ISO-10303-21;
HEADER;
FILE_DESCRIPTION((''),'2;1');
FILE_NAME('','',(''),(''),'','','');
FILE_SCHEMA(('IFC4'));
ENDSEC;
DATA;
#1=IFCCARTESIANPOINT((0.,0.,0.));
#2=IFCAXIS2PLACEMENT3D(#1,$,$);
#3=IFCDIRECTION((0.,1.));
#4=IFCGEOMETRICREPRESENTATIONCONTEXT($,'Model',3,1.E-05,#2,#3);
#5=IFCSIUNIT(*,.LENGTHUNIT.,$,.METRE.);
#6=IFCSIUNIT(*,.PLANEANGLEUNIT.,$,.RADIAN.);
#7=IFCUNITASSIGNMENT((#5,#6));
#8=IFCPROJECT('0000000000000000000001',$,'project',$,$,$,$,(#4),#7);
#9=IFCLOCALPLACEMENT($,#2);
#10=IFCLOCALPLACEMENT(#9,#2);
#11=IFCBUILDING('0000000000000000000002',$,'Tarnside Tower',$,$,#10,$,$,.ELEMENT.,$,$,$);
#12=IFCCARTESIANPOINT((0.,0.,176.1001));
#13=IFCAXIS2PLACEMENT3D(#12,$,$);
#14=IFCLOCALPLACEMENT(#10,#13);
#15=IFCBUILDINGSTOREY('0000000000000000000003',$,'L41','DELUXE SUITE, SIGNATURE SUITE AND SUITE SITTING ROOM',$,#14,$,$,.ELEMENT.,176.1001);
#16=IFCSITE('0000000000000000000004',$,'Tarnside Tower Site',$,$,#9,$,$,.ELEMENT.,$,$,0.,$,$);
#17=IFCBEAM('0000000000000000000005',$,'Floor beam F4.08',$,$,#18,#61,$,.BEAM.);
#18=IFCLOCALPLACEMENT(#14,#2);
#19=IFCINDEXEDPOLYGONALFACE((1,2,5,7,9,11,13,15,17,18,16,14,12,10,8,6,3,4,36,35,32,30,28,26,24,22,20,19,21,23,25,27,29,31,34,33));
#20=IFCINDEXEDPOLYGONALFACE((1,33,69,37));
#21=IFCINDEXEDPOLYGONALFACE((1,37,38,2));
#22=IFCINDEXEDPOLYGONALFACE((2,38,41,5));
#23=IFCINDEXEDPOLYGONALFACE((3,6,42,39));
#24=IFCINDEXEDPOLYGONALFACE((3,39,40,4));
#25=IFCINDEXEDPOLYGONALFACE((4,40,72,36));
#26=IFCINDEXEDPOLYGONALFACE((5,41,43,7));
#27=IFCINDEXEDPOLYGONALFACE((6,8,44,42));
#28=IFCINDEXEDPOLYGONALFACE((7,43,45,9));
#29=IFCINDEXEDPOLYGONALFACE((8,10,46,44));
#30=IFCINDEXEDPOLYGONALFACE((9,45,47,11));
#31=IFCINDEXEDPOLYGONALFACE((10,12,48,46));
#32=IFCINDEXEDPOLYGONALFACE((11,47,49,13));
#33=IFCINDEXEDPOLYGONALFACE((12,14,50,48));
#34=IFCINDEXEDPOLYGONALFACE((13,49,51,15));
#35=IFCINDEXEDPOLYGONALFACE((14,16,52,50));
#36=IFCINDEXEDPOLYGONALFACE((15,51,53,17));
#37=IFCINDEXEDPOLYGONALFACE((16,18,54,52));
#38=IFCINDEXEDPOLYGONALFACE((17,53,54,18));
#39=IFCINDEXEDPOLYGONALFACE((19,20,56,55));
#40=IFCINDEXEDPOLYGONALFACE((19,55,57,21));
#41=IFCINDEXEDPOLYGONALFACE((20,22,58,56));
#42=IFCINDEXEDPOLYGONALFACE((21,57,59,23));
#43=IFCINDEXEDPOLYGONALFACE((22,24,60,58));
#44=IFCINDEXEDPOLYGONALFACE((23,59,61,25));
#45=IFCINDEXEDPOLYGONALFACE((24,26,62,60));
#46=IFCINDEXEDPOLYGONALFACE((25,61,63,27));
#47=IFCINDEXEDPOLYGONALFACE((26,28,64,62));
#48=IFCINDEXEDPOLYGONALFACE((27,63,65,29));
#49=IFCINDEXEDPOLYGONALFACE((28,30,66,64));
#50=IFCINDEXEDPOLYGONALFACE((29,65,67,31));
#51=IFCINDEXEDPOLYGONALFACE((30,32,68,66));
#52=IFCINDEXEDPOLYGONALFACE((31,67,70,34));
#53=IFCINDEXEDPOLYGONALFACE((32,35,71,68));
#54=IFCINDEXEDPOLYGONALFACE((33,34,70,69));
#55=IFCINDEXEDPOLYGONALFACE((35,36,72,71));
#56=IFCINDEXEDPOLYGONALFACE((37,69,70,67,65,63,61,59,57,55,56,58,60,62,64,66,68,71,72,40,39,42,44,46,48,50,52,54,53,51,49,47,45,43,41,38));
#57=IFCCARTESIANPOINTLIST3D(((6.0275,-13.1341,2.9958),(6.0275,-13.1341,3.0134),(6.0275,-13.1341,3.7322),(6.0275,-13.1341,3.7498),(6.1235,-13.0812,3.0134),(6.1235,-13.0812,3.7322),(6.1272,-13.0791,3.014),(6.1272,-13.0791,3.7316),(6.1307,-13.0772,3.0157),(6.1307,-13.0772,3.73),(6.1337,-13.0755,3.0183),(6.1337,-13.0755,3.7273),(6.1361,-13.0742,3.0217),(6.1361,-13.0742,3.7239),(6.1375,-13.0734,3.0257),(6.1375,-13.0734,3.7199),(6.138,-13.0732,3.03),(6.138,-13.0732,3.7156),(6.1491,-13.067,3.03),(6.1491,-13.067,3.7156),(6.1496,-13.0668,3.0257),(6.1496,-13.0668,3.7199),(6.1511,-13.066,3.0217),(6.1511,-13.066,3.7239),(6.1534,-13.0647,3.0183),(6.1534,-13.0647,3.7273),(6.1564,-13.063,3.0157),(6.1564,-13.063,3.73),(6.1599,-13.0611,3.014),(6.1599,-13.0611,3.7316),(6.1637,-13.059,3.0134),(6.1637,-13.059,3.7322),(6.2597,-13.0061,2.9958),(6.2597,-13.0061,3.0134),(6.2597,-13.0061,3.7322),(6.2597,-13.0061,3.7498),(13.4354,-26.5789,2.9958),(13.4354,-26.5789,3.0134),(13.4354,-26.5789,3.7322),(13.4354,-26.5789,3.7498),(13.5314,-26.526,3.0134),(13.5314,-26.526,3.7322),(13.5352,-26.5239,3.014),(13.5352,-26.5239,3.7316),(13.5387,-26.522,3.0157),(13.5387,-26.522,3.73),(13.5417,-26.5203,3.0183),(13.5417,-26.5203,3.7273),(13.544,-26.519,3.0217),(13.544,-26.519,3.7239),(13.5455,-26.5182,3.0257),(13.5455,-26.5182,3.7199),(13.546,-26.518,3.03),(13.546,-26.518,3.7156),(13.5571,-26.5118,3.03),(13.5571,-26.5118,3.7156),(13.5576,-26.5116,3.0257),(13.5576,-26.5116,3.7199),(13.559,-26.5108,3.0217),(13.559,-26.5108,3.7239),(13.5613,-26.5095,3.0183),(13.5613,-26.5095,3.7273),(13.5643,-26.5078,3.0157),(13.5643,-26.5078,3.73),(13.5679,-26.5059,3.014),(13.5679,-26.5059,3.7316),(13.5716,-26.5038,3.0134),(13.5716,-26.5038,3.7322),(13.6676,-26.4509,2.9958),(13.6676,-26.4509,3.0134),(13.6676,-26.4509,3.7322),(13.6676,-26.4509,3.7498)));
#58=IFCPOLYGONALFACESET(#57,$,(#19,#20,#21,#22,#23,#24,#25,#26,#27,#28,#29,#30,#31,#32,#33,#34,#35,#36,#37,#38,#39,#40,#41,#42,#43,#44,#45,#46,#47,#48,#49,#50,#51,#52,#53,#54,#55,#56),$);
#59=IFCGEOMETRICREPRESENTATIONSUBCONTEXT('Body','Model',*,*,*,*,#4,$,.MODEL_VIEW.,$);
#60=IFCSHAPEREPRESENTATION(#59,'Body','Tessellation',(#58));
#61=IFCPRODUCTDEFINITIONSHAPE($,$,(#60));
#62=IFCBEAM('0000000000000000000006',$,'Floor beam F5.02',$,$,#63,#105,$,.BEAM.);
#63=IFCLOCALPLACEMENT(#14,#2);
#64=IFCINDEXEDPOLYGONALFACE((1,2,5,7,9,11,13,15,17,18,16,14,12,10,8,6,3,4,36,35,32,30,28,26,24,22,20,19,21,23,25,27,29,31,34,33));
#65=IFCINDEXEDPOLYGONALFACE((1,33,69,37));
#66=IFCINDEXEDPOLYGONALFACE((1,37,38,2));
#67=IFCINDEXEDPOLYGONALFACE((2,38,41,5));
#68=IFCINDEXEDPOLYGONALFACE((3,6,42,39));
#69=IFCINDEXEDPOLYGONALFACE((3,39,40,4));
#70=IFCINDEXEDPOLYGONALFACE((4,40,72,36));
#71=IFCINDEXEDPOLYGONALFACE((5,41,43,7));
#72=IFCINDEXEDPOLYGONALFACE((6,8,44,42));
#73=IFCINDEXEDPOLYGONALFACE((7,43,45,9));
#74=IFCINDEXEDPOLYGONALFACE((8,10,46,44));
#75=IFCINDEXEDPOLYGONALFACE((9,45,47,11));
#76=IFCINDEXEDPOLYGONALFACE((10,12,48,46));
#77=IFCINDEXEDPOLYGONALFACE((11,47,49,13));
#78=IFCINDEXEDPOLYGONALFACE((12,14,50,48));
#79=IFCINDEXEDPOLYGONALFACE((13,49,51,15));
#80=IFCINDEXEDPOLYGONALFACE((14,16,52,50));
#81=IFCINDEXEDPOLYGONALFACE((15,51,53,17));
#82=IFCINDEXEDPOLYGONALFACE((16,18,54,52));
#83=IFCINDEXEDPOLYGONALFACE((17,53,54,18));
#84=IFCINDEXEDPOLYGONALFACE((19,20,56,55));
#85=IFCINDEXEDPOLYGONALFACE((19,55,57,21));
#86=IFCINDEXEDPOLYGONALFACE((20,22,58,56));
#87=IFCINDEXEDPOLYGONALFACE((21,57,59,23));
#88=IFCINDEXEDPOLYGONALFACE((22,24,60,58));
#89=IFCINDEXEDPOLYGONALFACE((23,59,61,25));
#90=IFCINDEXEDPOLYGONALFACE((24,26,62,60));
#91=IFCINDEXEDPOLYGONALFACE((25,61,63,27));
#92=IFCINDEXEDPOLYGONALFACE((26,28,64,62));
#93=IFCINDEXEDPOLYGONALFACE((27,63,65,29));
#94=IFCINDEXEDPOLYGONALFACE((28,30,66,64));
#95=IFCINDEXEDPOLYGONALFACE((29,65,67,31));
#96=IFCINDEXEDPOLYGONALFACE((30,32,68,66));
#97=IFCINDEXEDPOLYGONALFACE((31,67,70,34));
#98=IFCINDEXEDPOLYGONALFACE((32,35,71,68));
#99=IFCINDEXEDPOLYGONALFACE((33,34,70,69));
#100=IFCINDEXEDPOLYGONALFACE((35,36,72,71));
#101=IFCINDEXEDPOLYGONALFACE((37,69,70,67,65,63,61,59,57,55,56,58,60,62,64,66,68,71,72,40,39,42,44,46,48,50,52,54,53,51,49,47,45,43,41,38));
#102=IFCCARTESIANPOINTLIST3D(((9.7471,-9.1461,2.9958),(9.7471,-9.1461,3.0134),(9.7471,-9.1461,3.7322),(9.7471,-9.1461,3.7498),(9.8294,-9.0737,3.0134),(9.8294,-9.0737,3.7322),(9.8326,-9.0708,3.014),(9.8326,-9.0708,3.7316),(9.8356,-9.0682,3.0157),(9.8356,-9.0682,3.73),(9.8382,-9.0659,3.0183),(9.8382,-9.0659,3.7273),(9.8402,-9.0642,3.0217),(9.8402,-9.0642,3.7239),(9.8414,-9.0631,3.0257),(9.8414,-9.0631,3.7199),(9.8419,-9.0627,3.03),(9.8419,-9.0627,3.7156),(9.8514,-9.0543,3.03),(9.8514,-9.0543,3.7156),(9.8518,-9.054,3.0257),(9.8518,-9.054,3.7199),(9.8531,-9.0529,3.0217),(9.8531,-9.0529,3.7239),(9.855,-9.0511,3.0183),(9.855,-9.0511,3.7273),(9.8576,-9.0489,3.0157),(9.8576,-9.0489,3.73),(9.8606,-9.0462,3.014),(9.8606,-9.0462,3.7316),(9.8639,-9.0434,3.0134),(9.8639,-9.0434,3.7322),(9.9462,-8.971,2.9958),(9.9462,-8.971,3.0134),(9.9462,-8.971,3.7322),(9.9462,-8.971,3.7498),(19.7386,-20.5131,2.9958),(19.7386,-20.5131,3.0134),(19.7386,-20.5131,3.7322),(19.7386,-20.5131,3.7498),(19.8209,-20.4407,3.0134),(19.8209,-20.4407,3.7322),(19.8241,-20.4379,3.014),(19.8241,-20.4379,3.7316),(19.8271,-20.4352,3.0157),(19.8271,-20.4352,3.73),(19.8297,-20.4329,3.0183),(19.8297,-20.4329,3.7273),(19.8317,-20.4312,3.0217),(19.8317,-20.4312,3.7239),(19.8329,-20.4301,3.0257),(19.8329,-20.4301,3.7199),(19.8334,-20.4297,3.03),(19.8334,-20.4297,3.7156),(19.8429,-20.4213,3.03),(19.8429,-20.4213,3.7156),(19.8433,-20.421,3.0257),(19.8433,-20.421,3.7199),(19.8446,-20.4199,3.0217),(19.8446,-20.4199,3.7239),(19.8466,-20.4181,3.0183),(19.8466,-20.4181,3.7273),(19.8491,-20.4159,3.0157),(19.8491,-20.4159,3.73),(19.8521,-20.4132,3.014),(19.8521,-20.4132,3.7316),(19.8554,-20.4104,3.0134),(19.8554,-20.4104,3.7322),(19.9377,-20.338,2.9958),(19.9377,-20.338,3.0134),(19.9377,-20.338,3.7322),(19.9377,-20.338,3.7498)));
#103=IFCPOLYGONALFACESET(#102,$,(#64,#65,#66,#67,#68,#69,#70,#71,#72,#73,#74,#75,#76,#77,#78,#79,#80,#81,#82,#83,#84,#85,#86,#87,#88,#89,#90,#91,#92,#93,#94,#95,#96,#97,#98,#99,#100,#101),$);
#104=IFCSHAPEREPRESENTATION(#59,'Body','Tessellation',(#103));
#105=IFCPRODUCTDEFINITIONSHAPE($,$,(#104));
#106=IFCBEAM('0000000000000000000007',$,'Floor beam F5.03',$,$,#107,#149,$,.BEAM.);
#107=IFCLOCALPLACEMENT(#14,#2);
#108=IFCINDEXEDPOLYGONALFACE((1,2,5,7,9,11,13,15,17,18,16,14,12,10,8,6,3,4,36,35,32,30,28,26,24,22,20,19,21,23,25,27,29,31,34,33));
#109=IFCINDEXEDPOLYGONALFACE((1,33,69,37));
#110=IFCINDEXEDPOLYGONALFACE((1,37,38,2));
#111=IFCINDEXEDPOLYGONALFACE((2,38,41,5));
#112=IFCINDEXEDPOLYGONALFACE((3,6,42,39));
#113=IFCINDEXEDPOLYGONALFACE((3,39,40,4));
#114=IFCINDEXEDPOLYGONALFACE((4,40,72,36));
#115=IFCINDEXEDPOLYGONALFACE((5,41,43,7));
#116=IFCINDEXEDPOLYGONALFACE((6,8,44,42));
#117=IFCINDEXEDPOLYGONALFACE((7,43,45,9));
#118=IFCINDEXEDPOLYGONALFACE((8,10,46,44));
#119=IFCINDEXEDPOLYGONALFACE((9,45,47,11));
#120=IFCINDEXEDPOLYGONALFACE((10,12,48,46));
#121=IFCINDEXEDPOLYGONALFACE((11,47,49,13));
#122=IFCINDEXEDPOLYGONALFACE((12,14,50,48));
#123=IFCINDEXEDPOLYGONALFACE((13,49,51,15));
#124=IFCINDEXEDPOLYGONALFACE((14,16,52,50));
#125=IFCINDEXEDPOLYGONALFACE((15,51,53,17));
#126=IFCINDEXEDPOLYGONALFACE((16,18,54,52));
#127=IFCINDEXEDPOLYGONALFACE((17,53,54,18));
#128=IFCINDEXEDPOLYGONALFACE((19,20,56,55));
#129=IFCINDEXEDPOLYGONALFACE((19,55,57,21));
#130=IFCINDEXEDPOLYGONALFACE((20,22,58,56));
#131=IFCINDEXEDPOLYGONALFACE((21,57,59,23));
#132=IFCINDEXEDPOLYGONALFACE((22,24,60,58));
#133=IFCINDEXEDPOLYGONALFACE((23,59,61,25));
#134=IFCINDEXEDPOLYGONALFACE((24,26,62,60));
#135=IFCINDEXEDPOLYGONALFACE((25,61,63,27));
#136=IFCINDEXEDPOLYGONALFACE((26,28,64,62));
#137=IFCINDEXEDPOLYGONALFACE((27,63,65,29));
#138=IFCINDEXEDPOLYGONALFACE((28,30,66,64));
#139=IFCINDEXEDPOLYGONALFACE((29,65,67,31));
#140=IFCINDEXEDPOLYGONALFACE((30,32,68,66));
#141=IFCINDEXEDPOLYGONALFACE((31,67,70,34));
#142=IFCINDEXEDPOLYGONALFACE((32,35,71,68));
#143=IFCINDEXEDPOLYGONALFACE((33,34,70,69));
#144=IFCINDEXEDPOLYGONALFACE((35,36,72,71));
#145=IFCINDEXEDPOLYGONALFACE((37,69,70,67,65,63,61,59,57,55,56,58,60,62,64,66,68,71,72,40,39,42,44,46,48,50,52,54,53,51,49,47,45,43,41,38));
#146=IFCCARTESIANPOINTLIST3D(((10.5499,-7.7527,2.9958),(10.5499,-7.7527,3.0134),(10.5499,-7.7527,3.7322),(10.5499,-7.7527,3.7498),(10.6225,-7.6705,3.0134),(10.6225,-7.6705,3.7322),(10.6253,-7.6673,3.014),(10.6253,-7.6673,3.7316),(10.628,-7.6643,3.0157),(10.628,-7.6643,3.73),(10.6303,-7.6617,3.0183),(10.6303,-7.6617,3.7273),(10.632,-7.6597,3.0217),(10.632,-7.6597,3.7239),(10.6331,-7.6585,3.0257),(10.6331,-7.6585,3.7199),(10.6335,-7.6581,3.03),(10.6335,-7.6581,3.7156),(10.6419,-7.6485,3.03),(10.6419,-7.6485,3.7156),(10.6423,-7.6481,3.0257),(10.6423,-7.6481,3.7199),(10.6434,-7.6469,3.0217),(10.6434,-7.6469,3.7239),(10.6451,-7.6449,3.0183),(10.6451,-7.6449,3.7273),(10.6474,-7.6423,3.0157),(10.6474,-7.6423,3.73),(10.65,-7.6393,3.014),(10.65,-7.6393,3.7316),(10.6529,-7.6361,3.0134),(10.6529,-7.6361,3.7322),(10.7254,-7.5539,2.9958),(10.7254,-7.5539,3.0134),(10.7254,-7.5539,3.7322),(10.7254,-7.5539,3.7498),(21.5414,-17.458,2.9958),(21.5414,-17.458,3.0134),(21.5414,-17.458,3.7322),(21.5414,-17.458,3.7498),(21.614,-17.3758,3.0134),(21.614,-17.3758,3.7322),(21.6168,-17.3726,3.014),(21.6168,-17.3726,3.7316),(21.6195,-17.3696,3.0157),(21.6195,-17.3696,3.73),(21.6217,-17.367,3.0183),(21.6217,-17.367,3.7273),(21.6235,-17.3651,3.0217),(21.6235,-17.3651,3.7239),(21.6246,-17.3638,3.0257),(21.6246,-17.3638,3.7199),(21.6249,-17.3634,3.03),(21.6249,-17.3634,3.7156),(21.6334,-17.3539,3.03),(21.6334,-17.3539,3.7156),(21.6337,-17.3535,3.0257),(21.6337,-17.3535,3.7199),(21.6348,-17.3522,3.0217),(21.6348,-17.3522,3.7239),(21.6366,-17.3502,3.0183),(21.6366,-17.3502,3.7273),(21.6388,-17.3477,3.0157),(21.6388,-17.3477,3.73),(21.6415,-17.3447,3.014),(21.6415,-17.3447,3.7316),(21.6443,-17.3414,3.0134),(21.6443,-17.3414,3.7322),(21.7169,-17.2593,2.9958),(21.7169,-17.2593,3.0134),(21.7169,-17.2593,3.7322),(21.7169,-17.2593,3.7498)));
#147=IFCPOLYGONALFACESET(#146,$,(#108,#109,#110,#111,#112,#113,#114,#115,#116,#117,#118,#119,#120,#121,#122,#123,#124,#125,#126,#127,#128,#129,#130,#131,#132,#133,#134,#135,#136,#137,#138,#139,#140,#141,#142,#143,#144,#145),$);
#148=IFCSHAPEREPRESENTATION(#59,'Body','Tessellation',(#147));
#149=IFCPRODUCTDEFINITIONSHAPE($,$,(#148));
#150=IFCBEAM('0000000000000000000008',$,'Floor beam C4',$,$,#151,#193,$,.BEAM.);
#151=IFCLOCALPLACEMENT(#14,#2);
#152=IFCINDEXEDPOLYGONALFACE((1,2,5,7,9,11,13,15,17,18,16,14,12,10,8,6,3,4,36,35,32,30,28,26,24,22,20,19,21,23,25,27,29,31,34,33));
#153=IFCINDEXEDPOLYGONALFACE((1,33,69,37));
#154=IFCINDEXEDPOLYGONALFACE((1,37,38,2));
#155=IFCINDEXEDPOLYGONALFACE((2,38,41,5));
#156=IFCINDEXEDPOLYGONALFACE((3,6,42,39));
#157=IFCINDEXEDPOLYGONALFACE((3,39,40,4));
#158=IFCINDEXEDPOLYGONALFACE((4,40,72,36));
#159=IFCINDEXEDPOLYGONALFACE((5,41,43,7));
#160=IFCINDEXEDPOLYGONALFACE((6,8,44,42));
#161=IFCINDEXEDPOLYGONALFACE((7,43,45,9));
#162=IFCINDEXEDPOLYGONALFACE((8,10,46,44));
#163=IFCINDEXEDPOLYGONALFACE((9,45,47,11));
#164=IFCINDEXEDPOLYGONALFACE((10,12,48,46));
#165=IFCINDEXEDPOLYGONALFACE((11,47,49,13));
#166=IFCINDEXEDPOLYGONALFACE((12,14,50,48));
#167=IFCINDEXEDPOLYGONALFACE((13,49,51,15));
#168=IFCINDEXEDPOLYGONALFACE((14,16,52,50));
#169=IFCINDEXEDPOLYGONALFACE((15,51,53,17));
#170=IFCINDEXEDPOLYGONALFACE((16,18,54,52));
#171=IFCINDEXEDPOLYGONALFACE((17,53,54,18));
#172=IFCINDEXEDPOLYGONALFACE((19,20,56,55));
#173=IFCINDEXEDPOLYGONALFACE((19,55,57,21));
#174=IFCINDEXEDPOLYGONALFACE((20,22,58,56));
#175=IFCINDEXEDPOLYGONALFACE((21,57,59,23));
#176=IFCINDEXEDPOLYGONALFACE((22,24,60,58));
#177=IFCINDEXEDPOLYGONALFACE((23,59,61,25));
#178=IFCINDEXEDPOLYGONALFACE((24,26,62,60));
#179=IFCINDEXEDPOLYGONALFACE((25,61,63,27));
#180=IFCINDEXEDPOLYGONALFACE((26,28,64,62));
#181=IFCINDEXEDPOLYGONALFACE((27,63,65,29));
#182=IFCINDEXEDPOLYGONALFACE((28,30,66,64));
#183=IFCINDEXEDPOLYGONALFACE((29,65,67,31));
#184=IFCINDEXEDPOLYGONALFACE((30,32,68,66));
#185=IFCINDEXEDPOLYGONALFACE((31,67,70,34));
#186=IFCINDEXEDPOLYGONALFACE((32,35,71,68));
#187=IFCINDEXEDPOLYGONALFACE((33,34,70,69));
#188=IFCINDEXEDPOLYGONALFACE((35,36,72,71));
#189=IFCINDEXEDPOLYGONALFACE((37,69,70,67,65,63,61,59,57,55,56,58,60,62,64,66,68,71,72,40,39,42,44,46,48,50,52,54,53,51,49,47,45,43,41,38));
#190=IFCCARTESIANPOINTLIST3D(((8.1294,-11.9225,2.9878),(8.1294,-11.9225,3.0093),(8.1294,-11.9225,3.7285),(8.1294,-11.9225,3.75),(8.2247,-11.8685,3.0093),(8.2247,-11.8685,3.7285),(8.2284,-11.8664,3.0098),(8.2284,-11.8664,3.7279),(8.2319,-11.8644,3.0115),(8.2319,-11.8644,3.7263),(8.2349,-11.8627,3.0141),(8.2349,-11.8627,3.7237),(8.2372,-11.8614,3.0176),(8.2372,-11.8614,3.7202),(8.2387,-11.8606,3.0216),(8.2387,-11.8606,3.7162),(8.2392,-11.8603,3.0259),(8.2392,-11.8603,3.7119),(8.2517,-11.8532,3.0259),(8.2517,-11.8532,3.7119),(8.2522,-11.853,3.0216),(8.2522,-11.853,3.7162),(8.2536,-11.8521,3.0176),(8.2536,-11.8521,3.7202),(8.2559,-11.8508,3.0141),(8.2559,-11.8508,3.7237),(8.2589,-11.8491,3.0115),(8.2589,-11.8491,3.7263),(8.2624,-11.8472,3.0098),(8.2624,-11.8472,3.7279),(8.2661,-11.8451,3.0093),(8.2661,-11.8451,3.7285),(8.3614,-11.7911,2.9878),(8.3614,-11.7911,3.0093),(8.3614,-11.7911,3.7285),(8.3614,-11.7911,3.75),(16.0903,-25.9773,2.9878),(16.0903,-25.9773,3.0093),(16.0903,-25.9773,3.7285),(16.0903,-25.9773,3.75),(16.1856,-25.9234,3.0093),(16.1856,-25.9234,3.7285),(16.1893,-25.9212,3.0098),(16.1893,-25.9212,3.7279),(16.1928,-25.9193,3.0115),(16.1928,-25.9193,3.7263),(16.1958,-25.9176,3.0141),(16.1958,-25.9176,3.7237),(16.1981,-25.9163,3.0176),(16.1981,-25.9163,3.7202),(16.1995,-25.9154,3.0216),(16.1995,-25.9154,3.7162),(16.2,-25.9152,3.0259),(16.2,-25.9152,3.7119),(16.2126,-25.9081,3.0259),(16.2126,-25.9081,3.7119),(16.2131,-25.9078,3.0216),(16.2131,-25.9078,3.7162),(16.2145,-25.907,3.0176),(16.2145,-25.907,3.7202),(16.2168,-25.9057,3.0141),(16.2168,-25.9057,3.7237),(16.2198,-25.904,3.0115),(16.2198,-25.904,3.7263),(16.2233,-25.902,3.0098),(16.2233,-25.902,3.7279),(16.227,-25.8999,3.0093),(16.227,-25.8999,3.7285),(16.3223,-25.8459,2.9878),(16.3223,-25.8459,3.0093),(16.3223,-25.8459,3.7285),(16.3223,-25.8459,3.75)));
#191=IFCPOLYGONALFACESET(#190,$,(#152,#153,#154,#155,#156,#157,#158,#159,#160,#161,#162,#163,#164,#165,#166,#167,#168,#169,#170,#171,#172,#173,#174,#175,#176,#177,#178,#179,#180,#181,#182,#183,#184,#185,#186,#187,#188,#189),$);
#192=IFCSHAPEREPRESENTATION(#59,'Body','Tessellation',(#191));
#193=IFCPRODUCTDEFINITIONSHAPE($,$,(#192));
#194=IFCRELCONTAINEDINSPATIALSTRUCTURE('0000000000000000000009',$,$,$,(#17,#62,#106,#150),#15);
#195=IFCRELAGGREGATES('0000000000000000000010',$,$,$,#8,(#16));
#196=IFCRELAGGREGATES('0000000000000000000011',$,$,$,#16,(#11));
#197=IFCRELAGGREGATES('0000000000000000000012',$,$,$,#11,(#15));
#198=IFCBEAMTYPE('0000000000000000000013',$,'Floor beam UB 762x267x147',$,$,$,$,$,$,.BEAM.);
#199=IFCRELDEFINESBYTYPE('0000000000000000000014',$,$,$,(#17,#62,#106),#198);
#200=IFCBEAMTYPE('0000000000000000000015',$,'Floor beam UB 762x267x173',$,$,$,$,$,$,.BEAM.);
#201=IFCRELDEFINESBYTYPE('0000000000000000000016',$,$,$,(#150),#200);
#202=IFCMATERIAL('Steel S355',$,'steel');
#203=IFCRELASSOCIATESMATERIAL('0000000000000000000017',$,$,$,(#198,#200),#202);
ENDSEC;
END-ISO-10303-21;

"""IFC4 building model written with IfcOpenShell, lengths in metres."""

from ifc_helpers import new_model, si_unit, direction, frame, origin, origin_2d, place, context, subcontext, project, spatial, i_section, extrude, material, material_profile, profile_set, type_object, element, save


model = new_model("IFC4")

# Units and contexts
model_context = context("Model", 3, precision=1e-05, world=origin(), true_north=direction((0.0, 1.0)))
body_context = subcontext(model_context, "Body", "Model", "MODEL_VIEW")
ifc_project = project(units=[si_unit("LENGTHUNIT", "METRE"), si_unit("PLANEANGLEUNIT", "RADIAN")], contexts=[model_context])

# Site, building, storey
site_placement = place(None, origin())
site = spatial("IfcSite", under=ifc_project, at=site_placement, Name="Tarnside Tower Site", CompositionType="ELEMENT", RefElevation=0.0)
building_placement = place(site_placement, origin())
building = spatial("IfcBuilding", under=site, at=building_placement, Name="Tarnside Tower", CompositionType="ELEMENT")
storey_placement = place(building_placement, frame((0.0, 0.0, 176.1001)))
storey = spatial("IfcBuildingStorey", under=building, at=storey_placement, Name="L41", Description="DELUXE SUITE, SIGNATURE SUITE AND SUITE SITTING ROOM", CompositionType="ELEMENT", Elevation=176.1001)

# Beams
ifc_material_1 = material(Name="Steel S355", Category="steel")
ifc_material_profile_1 = material_profile(ifc_material_1, i_section(OverallWidth=0.2651, OverallDepth=0.7539, WebThickness=0.0127, FlangeThickness=0.0176, FilletRadius=0.0166, at=origin_2d()), Name="UB 762x267x147")
ifc_profile_set_1 = profile_set([ifc_material_profile_1], Name="Steel S355")
beam_type_1 = type_object("IfcBeamType", Name="Floor beam UB 762x267x147", PredefinedType="BEAM", material=ifc_profile_set_1)
beam_1_placement = place(storey_placement, frame((13.5515, -26.5149, 3.3728), z_axis=(-0.482584, 0.87585, 0.0), x_axis=(-0.87585, -0.482584, 0.0)))
element("IfcBeam", 1, at=beam_1_placement, inside=storey, type_object=beam_type_1, Name="Floor beam F4.08", PredefinedType="BEAM", context=body_context, shape_type="SweptSolid", body=[
    extrude(i_section(OverallWidth=0.2651, OverallDepth=0.7539, WebThickness=0.0127, FlangeThickness=0.0176, FilletRadius=0.0166, at=origin_2d()), origin(), (0.0, 0.0, 1.0), 15.3506),
])
beam_2_placement = place(storey_placement, frame((19.8381, -20.4255, 3.3728), z_axis=(-0.660201, 0.751089, 0.0), x_axis=(-0.751089, -0.660201, 0.0)))
element("IfcBeam", 2, at=beam_2_placement, inside=storey, type_object=beam_type_1, Name="Floor beam F5.02", PredefinedType="BEAM", context=body_context, shape_type="SweptSolid", body=[
    extrude(i_section(OverallWidth=0.2651, OverallDepth=0.7539, WebThickness=0.0127, FlangeThickness=0.0176, FilletRadius=0.0166, at=origin_2d()), origin(), (0.0, 0.0, 1.0), 15.134),
])
beam_3_placement = place(storey_placement, frame((21.6292, -17.3586, 3.3728), z_axis=(-0.749602, 0.661889, 0.0), x_axis=(-0.661889, -0.749602, 0.0)))
element("IfcBeam", 3, at=beam_3_placement, inside=storey, type_object=beam_type_1, Name="Floor beam F5.03", PredefinedType="BEAM", context=body_context, shape_type="SweptSolid", body=[
    extrude(i_section(OverallWidth=0.2651, OverallDepth=0.7539, WebThickness=0.0127, FlangeThickness=0.0176, FilletRadius=0.0166, at=origin_2d()), origin(), (0.0, 0.0, 1.0), 14.6631),
])
ifc_material_profile_2 = material_profile(ifc_material_1, i_section(OverallWidth=0.2666, OverallDepth=0.7622, WebThickness=0.0144, FlangeThickness=0.0215, FilletRadius=0.0166, at=origin_2d()), Name="UB 762x267x173")
ifc_profile_set_2 = profile_set([ifc_material_profile_2], Name="Steel S355")
beam_type_2 = type_object("IfcBeamType", Name="Floor beam UB 762x267x173", PredefinedType="BEAM", material=ifc_profile_set_2)
beam_4_placement = place(storey_placement, frame((16.2063, -25.9116, 3.3689), z_axis=(-0.492847, 0.870116, 0.0), x_axis=(-0.870116, -0.492847, 0.0)))
element("IfcBeam", 4, at=beam_4_placement, inside=storey, type_object=beam_type_2, Name="Floor beam C4", PredefinedType="BEAM", context=body_context, shape_type="SweptSolid", body=[
    extrude(i_section(OverallWidth=0.2666, OverallDepth=0.7622, WebThickness=0.0144, FlangeThickness=0.0215, FilletRadius=0.0166, at=origin_2d()), origin(), (0.0, 0.0, 1.0), 16.1528),
])

save(model, "model.ifc")
